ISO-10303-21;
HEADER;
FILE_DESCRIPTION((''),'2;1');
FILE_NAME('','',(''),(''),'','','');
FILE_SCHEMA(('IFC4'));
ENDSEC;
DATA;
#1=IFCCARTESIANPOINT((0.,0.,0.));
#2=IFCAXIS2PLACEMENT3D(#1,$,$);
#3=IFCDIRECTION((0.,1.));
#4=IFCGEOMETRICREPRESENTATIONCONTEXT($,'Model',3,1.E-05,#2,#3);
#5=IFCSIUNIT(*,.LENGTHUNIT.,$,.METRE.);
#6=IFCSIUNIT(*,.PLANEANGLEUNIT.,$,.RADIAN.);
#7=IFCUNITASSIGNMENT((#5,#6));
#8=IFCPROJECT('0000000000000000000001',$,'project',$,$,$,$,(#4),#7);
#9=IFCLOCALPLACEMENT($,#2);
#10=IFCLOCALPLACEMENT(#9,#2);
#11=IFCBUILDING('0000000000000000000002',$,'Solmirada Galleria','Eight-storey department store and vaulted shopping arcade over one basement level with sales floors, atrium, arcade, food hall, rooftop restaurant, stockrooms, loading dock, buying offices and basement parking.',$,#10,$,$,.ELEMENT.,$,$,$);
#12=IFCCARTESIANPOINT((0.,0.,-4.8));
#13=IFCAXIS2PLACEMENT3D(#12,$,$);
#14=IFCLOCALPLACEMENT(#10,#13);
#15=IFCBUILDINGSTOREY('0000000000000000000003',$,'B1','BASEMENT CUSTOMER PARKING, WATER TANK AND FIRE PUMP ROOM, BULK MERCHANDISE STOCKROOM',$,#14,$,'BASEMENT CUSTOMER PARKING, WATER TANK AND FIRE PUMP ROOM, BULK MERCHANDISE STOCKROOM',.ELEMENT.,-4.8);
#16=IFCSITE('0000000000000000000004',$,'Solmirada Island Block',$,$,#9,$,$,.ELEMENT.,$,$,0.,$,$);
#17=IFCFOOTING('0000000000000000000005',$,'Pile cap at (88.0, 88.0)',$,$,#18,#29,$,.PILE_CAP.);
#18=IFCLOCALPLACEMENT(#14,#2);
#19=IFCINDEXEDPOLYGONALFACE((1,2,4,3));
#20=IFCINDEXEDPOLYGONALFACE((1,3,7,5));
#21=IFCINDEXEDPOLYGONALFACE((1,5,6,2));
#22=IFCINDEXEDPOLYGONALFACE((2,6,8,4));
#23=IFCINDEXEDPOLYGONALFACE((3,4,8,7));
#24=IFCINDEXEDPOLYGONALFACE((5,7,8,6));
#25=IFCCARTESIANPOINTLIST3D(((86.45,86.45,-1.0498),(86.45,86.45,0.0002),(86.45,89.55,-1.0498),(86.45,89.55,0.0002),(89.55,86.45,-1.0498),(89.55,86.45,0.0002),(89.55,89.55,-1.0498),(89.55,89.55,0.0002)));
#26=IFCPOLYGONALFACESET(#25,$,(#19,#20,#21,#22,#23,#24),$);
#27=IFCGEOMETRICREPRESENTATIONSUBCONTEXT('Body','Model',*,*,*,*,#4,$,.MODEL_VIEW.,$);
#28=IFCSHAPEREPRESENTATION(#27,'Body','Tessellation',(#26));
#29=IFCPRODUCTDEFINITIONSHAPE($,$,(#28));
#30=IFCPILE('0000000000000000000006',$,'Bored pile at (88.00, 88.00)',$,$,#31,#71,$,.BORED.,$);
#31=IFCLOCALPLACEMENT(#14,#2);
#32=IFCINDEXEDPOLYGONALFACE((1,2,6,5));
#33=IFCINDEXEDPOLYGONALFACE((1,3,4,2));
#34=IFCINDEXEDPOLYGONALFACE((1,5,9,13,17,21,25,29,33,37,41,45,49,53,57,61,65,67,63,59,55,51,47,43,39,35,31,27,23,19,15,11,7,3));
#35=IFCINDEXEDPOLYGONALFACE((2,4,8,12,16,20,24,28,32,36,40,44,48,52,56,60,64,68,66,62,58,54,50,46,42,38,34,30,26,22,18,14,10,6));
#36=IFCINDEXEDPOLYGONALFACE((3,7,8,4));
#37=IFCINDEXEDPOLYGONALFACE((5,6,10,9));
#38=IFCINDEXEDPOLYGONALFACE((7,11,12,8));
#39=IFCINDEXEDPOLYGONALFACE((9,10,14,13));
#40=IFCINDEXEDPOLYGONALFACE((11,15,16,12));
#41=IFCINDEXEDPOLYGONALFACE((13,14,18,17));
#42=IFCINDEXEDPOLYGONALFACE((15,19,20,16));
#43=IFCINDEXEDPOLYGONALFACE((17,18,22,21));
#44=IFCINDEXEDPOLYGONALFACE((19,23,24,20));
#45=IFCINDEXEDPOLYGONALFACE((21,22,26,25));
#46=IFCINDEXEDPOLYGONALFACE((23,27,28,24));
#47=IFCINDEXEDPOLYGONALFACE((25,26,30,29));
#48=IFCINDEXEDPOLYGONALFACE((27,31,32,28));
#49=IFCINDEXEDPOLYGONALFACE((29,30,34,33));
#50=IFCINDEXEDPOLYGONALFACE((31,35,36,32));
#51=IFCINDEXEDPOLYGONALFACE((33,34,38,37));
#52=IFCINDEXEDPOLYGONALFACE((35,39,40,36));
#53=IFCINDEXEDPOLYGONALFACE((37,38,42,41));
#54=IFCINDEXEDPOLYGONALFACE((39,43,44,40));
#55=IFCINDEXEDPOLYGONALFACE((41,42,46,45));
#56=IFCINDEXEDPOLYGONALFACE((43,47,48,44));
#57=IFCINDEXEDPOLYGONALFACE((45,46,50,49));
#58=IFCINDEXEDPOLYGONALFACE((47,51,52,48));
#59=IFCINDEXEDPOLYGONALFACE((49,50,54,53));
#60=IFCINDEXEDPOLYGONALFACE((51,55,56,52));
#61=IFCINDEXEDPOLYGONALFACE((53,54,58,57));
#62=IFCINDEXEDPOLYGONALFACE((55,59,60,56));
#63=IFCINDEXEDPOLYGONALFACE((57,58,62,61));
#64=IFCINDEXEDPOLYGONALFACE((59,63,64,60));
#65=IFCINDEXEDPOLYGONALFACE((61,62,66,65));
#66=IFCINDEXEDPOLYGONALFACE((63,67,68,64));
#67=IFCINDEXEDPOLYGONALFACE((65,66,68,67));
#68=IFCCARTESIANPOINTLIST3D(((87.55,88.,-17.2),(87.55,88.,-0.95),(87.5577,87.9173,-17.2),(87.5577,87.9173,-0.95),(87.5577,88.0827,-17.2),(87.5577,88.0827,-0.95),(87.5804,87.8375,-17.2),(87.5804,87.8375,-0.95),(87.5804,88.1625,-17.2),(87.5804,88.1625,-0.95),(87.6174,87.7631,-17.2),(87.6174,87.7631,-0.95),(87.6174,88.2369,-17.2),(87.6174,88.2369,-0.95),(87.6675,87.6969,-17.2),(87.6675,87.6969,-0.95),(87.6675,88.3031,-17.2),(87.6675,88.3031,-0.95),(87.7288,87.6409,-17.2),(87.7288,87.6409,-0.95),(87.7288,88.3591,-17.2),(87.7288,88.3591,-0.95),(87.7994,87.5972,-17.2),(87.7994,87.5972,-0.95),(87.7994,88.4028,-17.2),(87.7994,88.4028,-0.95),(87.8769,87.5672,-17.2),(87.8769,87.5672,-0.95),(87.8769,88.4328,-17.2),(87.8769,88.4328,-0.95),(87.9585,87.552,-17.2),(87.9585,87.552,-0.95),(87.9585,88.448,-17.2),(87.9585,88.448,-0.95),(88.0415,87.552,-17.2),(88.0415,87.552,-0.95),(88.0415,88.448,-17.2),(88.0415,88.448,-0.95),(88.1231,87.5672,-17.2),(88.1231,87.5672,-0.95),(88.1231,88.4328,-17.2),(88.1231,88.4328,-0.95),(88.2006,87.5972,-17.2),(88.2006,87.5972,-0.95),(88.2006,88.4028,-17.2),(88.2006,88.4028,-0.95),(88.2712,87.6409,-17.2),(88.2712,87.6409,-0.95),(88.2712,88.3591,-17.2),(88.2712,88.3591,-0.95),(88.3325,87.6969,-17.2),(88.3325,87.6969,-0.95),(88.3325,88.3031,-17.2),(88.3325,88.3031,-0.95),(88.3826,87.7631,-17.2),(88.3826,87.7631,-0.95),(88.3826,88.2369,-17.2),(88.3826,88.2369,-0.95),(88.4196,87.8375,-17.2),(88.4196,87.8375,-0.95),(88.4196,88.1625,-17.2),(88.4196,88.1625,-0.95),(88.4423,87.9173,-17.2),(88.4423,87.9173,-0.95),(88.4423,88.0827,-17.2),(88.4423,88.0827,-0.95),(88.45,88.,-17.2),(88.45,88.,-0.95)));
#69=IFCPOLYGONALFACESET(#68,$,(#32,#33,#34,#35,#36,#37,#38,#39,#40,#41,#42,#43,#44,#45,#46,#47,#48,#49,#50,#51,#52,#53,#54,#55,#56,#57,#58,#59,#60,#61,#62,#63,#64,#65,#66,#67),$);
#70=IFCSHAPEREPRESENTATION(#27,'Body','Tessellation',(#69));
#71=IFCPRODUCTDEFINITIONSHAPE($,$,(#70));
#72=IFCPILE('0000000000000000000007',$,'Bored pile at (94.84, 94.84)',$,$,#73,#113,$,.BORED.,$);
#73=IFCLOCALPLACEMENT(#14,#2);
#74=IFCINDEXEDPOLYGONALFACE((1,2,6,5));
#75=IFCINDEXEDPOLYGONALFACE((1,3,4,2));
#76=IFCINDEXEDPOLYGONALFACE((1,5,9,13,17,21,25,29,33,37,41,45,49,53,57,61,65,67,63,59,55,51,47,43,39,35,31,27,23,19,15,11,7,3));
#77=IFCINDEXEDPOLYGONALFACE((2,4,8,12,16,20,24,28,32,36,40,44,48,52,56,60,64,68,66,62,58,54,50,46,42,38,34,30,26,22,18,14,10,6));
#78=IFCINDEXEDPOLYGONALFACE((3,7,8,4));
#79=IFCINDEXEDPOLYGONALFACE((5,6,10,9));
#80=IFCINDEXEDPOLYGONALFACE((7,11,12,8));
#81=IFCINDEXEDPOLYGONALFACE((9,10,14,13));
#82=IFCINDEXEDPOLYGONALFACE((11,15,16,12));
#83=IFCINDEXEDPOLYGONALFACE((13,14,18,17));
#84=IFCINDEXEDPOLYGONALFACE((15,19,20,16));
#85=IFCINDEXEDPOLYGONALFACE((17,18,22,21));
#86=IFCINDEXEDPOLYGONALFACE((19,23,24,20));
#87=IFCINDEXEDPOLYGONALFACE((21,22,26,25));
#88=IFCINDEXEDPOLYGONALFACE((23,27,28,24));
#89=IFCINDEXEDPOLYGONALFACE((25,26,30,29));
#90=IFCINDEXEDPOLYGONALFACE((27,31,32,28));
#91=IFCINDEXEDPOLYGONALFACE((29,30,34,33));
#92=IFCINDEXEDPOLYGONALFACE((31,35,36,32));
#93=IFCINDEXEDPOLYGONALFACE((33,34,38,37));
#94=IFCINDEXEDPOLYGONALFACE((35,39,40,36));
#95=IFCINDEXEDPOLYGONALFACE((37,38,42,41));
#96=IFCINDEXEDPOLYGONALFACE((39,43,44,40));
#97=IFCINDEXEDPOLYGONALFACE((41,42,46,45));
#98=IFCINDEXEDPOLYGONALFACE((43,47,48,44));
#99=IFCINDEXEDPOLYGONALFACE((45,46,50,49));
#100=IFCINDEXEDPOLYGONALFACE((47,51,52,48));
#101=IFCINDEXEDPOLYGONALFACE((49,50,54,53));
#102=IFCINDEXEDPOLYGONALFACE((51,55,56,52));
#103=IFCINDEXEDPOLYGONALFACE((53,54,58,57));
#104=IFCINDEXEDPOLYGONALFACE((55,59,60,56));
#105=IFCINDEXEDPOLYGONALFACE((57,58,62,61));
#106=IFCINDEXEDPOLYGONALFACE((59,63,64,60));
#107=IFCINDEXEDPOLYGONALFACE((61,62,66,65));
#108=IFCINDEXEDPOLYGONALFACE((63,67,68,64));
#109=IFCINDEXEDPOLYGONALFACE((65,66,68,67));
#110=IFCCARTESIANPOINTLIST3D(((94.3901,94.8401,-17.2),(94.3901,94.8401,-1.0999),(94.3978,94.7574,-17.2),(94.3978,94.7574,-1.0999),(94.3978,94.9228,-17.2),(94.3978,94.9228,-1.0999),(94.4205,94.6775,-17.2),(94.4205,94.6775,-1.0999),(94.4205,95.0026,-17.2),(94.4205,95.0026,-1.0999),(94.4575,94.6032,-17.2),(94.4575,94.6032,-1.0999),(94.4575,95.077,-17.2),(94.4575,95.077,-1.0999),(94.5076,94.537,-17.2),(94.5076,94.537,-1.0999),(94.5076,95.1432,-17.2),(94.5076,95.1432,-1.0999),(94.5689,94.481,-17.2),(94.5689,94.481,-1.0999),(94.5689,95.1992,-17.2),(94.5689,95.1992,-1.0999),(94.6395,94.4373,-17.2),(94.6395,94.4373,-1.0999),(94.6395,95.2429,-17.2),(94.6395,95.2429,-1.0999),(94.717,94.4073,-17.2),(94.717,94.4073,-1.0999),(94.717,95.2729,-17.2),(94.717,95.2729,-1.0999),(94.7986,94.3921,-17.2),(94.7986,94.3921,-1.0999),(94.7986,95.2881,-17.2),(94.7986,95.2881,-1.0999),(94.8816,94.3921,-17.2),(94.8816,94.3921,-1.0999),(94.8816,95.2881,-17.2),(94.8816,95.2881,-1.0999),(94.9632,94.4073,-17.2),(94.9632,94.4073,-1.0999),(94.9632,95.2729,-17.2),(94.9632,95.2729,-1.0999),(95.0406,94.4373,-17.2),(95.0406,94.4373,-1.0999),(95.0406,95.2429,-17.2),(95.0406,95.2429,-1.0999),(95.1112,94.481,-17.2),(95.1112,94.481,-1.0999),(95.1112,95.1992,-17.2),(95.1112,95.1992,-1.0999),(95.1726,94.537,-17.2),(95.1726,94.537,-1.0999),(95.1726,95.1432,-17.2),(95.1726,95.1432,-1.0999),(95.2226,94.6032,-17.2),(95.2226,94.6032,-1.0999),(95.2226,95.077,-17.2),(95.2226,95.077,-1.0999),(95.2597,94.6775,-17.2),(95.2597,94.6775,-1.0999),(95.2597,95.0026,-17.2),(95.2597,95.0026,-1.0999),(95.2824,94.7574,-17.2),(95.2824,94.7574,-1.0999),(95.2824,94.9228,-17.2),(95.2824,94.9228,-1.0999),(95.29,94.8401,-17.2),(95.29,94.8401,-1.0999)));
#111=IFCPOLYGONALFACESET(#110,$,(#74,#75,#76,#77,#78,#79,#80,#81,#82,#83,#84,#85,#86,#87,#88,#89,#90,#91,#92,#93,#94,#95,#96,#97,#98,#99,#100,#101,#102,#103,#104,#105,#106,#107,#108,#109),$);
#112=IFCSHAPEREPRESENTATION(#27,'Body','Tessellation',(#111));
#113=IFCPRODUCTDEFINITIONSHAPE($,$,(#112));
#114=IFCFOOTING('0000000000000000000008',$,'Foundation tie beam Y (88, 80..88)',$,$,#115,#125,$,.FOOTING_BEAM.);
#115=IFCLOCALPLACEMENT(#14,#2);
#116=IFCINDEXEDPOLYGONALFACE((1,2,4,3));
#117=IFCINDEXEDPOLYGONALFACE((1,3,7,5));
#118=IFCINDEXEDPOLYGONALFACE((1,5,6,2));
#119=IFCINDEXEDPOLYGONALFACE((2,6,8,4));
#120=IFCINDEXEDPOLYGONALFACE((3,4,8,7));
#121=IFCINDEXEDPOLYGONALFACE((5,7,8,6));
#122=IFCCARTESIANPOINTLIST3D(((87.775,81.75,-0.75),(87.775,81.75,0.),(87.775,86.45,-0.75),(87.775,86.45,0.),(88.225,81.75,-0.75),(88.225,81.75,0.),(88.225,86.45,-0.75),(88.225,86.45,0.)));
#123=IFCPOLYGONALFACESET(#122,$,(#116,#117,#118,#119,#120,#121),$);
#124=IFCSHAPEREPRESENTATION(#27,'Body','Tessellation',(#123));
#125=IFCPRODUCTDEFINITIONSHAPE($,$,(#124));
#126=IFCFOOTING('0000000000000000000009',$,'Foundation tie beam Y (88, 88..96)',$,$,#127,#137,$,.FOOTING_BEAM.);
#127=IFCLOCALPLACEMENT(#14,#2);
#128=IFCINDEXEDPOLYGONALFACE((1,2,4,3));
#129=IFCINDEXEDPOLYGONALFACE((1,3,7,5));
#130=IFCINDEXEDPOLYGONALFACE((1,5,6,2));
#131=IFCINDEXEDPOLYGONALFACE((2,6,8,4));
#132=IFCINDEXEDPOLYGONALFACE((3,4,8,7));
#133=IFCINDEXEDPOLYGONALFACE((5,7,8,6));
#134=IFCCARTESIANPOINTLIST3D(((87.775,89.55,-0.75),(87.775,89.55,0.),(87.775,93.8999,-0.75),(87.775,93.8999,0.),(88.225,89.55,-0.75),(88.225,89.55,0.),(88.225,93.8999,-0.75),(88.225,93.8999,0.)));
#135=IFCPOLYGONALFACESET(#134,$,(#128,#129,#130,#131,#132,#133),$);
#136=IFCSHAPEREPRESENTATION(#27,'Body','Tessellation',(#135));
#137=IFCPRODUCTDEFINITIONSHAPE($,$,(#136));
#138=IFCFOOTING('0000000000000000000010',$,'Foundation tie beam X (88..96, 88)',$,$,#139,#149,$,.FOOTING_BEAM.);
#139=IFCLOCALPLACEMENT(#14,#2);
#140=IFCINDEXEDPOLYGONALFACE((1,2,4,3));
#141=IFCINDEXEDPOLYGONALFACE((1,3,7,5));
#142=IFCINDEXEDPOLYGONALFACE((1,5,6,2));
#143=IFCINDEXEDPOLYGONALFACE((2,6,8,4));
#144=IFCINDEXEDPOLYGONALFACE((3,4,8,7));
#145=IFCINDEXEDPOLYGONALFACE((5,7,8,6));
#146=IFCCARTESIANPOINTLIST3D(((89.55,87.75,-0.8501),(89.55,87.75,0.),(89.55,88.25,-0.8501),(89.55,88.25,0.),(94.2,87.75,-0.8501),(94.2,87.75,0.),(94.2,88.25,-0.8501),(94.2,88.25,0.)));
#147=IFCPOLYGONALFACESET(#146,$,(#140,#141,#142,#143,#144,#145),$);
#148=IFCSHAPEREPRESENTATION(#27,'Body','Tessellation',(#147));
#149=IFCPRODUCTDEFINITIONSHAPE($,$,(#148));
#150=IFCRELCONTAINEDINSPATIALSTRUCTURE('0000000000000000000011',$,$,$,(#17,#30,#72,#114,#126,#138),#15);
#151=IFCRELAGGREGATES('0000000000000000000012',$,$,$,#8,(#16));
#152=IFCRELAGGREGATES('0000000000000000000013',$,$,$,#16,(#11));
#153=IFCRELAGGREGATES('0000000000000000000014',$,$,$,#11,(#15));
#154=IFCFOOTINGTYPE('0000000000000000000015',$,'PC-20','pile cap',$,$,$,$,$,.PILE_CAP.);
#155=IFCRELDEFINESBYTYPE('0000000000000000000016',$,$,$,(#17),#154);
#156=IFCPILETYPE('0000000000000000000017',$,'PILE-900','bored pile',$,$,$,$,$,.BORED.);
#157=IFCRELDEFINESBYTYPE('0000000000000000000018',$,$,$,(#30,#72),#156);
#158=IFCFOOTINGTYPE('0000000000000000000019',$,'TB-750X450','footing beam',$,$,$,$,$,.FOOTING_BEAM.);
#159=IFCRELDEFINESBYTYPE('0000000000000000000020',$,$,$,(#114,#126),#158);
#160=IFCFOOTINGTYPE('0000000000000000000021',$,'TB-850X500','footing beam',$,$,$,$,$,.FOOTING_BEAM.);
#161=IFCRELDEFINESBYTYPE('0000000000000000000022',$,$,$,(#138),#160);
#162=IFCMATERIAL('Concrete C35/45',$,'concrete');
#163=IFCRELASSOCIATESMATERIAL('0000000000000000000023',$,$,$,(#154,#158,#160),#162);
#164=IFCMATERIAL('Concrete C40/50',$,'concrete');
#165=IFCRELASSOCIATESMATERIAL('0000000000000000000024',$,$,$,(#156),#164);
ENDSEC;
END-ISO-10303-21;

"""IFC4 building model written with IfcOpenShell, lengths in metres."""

from ifc_helpers import new_model, si_unit, direction, frame, origin, origin_2d, place, context, subcontext, project, spatial, rectangle, circle, extrude, material, material_profile, profile_set, type_object, element, save


model = new_model("IFC4")

# Units and contexts
model_context = context("Model", 3, precision=1e-05, world=origin(), true_north=direction((0.0, 1.0)))
body_context = subcontext(model_context, "Body", "Model", "MODEL_VIEW")
ifc_project = project(units=[si_unit("LENGTHUNIT", "METRE"), si_unit("PLANEANGLEUNIT", "RADIAN")], contexts=[model_context])

# Site, building, storey
site_placement = place(None, origin())
site = spatial("IfcSite", under=ifc_project, at=site_placement, Name="Solmirada Island Block", CompositionType="ELEMENT", RefElevation=0.0)
building_placement = place(site_placement, origin())
building = spatial("IfcBuilding", under=site, at=building_placement, Name="Solmirada Galleria", Description="Eight-storey department store and vaulted shopping arcade over one basement level with sales floors, atrium, arcade, food hall, rooftop restaurant, stockrooms, loading dock, buying offices and basement parking.", CompositionType="ELEMENT")
storey_placement = place(building_placement, frame((0.0, 0.0, -4.8)))
storey = spatial("IfcBuildingStorey", under=building, at=storey_placement, Name="B1", Description="BASEMENT CUSTOMER PARKING, WATER TANK AND FIRE PUMP ROOM, BULK MERCHANDISE STOCKROOM", LongName="BASEMENT CUSTOMER PARKING, WATER TANK AND FIRE PUMP ROOM, BULK MERCHANDISE STOCKROOM", CompositionType="ELEMENT", Elevation=-4.8)

# Footing
ifc_material_1 = material(Name="Concrete C35/45", Category="concrete")
footing_type_1 = type_object("IfcFootingType", Name="PC-20", Description="pile cap", PredefinedType="PILE_CAP", material=ifc_material_1)
footing_1_placement = place(storey_placement, frame((88.0, 88.0, -1.0498), z_axis=(0.0, 0.0, 1.0), x_axis=(1.0, 0.0, 0.0)))
element("IfcFooting", 1, at=footing_1_placement, inside=storey, type_object=footing_type_1, Name="Pile cap at (88.0, 88.0)", PredefinedType="PILE_CAP", context=body_context, shape_type="SweptSolid", body=[
    extrude(rectangle(XDim=3.1001, YDim=3.1001, at=origin_2d()), origin(), (0.0, 0.0, 1.0), 1.05),
])

# Piles
ifc_material_2 = material(Name="Concrete C40/50", Category="concrete")
ifc_material_profile_1 = material_profile(ifc_material_2, circle(Radius=0.45, at=origin_2d()), Name="PILE900")
ifc_profile_set_1 = profile_set([ifc_material_profile_1], Name="Concrete C40/50")
pile_type = type_object("IfcPileType", Name="PILE-900", Description="bored pile", PredefinedType="BORED", material=ifc_profile_set_1)
pile_1_placement = place(storey_placement, frame((88.0, 88.0, -0.95), z_axis=(0.0, 0.0, -1.0), x_axis=(1.0, 0.0, 0.0)))
element("IfcPile", 2, at=pile_1_placement, inside=storey, type_object=pile_type, Name="Bored pile at (88.00, 88.00)", PredefinedType="BORED", context=body_context, shape_type="SweptSolid", body=[
    extrude(circle(Radius=0.45, at=origin_2d()), origin(), (0.0, 0.0, 1.0), 16.25),
])
pile_2_placement = place(storey_placement, frame((94.8401, 94.8401, -1.0999), z_axis=(0.0, 0.0, -1.0), x_axis=(1.0, 0.0, 0.0)))
element("IfcPile", 3, at=pile_2_placement, inside=storey, type_object=pile_type, Name="Bored pile at (94.84, 94.84)", PredefinedType="BORED", context=body_context, shape_type="SweptSolid", body=[
    extrude(circle(Radius=0.45, at=origin_2d()), origin(), (0.0, 0.0, 1.0), 16.1001),
])

# Footings
ifc_material_profile_2 = material_profile(ifc_material_1, rectangle(XDim=0.45, YDim=0.75, at=origin_2d()), Name="RC750X450")
ifc_profile_set_2 = profile_set([ifc_material_profile_2], Name="Concrete C35/45")
footing_type_2 = type_object("IfcFootingType", Name="TB-750X450", Description="footing beam", PredefinedType="FOOTING_BEAM", material=ifc_profile_set_2)
footing_2_placement = place(storey_placement, frame((88.0, 81.75, -0.375), z_axis=(0.0, 1.0, 0.0), x_axis=(-1.0, 0.0, 0.0)))
element("IfcFooting", 4, at=footing_2_placement, inside=storey, type_object=footing_type_2, Name="Foundation tie beam Y (88, 80..88)", PredefinedType="FOOTING_BEAM", context=body_context, shape_type="SweptSolid", body=[
    extrude(rectangle(XDim=0.45, YDim=0.75, at=origin_2d()), origin(), (0.0, 0.0, 1.0), 4.7),
])
footing_3_placement = place(storey_placement, frame((88.0, 89.55, -0.375), z_axis=(0.0, 1.0, 0.0), x_axis=(-1.0, 0.0, 0.0)))
element("IfcFooting", 5, at=footing_3_placement, inside=storey, type_object=footing_type_2, Name="Foundation tie beam Y (88, 88..96)", PredefinedType="FOOTING_BEAM", context=body_context, shape_type="SweptSolid", body=[
    extrude(rectangle(XDim=0.45, YDim=0.75, at=origin_2d()), origin(), (0.0, 0.0, 1.0), 4.3499),
])
ifc_material_profile_3 = material_profile(ifc_material_1, rectangle(XDim=0.5, YDim=0.8501, at=origin_2d()), Name="RC850X500")
ifc_profile_set_3 = profile_set([ifc_material_profile_3], Name="Concrete C35/45")
footing_type_3 = type_object("IfcFootingType", Name="TB-850X500", Description="footing beam", PredefinedType="FOOTING_BEAM", material=ifc_profile_set_3)
footing_4_placement = place(storey_placement, frame((89.55, 88.0, -0.425), z_axis=(1.0, 0.0, 0.0), x_axis=(0.0, 1.0, 0.0)))
element("IfcFooting", 6, at=footing_4_placement, inside=storey, type_object=footing_type_3, Name="Foundation tie beam X (88..96, 88)", PredefinedType="FOOTING_BEAM", context=body_context, shape_type="SweptSolid", body=[
    extrude(rectangle(XDim=0.5, YDim=0.8501, at=origin_2d()), origin(), (0.0, 0.0, 1.0), 4.6499),
])

save(model, "model.ifc")
